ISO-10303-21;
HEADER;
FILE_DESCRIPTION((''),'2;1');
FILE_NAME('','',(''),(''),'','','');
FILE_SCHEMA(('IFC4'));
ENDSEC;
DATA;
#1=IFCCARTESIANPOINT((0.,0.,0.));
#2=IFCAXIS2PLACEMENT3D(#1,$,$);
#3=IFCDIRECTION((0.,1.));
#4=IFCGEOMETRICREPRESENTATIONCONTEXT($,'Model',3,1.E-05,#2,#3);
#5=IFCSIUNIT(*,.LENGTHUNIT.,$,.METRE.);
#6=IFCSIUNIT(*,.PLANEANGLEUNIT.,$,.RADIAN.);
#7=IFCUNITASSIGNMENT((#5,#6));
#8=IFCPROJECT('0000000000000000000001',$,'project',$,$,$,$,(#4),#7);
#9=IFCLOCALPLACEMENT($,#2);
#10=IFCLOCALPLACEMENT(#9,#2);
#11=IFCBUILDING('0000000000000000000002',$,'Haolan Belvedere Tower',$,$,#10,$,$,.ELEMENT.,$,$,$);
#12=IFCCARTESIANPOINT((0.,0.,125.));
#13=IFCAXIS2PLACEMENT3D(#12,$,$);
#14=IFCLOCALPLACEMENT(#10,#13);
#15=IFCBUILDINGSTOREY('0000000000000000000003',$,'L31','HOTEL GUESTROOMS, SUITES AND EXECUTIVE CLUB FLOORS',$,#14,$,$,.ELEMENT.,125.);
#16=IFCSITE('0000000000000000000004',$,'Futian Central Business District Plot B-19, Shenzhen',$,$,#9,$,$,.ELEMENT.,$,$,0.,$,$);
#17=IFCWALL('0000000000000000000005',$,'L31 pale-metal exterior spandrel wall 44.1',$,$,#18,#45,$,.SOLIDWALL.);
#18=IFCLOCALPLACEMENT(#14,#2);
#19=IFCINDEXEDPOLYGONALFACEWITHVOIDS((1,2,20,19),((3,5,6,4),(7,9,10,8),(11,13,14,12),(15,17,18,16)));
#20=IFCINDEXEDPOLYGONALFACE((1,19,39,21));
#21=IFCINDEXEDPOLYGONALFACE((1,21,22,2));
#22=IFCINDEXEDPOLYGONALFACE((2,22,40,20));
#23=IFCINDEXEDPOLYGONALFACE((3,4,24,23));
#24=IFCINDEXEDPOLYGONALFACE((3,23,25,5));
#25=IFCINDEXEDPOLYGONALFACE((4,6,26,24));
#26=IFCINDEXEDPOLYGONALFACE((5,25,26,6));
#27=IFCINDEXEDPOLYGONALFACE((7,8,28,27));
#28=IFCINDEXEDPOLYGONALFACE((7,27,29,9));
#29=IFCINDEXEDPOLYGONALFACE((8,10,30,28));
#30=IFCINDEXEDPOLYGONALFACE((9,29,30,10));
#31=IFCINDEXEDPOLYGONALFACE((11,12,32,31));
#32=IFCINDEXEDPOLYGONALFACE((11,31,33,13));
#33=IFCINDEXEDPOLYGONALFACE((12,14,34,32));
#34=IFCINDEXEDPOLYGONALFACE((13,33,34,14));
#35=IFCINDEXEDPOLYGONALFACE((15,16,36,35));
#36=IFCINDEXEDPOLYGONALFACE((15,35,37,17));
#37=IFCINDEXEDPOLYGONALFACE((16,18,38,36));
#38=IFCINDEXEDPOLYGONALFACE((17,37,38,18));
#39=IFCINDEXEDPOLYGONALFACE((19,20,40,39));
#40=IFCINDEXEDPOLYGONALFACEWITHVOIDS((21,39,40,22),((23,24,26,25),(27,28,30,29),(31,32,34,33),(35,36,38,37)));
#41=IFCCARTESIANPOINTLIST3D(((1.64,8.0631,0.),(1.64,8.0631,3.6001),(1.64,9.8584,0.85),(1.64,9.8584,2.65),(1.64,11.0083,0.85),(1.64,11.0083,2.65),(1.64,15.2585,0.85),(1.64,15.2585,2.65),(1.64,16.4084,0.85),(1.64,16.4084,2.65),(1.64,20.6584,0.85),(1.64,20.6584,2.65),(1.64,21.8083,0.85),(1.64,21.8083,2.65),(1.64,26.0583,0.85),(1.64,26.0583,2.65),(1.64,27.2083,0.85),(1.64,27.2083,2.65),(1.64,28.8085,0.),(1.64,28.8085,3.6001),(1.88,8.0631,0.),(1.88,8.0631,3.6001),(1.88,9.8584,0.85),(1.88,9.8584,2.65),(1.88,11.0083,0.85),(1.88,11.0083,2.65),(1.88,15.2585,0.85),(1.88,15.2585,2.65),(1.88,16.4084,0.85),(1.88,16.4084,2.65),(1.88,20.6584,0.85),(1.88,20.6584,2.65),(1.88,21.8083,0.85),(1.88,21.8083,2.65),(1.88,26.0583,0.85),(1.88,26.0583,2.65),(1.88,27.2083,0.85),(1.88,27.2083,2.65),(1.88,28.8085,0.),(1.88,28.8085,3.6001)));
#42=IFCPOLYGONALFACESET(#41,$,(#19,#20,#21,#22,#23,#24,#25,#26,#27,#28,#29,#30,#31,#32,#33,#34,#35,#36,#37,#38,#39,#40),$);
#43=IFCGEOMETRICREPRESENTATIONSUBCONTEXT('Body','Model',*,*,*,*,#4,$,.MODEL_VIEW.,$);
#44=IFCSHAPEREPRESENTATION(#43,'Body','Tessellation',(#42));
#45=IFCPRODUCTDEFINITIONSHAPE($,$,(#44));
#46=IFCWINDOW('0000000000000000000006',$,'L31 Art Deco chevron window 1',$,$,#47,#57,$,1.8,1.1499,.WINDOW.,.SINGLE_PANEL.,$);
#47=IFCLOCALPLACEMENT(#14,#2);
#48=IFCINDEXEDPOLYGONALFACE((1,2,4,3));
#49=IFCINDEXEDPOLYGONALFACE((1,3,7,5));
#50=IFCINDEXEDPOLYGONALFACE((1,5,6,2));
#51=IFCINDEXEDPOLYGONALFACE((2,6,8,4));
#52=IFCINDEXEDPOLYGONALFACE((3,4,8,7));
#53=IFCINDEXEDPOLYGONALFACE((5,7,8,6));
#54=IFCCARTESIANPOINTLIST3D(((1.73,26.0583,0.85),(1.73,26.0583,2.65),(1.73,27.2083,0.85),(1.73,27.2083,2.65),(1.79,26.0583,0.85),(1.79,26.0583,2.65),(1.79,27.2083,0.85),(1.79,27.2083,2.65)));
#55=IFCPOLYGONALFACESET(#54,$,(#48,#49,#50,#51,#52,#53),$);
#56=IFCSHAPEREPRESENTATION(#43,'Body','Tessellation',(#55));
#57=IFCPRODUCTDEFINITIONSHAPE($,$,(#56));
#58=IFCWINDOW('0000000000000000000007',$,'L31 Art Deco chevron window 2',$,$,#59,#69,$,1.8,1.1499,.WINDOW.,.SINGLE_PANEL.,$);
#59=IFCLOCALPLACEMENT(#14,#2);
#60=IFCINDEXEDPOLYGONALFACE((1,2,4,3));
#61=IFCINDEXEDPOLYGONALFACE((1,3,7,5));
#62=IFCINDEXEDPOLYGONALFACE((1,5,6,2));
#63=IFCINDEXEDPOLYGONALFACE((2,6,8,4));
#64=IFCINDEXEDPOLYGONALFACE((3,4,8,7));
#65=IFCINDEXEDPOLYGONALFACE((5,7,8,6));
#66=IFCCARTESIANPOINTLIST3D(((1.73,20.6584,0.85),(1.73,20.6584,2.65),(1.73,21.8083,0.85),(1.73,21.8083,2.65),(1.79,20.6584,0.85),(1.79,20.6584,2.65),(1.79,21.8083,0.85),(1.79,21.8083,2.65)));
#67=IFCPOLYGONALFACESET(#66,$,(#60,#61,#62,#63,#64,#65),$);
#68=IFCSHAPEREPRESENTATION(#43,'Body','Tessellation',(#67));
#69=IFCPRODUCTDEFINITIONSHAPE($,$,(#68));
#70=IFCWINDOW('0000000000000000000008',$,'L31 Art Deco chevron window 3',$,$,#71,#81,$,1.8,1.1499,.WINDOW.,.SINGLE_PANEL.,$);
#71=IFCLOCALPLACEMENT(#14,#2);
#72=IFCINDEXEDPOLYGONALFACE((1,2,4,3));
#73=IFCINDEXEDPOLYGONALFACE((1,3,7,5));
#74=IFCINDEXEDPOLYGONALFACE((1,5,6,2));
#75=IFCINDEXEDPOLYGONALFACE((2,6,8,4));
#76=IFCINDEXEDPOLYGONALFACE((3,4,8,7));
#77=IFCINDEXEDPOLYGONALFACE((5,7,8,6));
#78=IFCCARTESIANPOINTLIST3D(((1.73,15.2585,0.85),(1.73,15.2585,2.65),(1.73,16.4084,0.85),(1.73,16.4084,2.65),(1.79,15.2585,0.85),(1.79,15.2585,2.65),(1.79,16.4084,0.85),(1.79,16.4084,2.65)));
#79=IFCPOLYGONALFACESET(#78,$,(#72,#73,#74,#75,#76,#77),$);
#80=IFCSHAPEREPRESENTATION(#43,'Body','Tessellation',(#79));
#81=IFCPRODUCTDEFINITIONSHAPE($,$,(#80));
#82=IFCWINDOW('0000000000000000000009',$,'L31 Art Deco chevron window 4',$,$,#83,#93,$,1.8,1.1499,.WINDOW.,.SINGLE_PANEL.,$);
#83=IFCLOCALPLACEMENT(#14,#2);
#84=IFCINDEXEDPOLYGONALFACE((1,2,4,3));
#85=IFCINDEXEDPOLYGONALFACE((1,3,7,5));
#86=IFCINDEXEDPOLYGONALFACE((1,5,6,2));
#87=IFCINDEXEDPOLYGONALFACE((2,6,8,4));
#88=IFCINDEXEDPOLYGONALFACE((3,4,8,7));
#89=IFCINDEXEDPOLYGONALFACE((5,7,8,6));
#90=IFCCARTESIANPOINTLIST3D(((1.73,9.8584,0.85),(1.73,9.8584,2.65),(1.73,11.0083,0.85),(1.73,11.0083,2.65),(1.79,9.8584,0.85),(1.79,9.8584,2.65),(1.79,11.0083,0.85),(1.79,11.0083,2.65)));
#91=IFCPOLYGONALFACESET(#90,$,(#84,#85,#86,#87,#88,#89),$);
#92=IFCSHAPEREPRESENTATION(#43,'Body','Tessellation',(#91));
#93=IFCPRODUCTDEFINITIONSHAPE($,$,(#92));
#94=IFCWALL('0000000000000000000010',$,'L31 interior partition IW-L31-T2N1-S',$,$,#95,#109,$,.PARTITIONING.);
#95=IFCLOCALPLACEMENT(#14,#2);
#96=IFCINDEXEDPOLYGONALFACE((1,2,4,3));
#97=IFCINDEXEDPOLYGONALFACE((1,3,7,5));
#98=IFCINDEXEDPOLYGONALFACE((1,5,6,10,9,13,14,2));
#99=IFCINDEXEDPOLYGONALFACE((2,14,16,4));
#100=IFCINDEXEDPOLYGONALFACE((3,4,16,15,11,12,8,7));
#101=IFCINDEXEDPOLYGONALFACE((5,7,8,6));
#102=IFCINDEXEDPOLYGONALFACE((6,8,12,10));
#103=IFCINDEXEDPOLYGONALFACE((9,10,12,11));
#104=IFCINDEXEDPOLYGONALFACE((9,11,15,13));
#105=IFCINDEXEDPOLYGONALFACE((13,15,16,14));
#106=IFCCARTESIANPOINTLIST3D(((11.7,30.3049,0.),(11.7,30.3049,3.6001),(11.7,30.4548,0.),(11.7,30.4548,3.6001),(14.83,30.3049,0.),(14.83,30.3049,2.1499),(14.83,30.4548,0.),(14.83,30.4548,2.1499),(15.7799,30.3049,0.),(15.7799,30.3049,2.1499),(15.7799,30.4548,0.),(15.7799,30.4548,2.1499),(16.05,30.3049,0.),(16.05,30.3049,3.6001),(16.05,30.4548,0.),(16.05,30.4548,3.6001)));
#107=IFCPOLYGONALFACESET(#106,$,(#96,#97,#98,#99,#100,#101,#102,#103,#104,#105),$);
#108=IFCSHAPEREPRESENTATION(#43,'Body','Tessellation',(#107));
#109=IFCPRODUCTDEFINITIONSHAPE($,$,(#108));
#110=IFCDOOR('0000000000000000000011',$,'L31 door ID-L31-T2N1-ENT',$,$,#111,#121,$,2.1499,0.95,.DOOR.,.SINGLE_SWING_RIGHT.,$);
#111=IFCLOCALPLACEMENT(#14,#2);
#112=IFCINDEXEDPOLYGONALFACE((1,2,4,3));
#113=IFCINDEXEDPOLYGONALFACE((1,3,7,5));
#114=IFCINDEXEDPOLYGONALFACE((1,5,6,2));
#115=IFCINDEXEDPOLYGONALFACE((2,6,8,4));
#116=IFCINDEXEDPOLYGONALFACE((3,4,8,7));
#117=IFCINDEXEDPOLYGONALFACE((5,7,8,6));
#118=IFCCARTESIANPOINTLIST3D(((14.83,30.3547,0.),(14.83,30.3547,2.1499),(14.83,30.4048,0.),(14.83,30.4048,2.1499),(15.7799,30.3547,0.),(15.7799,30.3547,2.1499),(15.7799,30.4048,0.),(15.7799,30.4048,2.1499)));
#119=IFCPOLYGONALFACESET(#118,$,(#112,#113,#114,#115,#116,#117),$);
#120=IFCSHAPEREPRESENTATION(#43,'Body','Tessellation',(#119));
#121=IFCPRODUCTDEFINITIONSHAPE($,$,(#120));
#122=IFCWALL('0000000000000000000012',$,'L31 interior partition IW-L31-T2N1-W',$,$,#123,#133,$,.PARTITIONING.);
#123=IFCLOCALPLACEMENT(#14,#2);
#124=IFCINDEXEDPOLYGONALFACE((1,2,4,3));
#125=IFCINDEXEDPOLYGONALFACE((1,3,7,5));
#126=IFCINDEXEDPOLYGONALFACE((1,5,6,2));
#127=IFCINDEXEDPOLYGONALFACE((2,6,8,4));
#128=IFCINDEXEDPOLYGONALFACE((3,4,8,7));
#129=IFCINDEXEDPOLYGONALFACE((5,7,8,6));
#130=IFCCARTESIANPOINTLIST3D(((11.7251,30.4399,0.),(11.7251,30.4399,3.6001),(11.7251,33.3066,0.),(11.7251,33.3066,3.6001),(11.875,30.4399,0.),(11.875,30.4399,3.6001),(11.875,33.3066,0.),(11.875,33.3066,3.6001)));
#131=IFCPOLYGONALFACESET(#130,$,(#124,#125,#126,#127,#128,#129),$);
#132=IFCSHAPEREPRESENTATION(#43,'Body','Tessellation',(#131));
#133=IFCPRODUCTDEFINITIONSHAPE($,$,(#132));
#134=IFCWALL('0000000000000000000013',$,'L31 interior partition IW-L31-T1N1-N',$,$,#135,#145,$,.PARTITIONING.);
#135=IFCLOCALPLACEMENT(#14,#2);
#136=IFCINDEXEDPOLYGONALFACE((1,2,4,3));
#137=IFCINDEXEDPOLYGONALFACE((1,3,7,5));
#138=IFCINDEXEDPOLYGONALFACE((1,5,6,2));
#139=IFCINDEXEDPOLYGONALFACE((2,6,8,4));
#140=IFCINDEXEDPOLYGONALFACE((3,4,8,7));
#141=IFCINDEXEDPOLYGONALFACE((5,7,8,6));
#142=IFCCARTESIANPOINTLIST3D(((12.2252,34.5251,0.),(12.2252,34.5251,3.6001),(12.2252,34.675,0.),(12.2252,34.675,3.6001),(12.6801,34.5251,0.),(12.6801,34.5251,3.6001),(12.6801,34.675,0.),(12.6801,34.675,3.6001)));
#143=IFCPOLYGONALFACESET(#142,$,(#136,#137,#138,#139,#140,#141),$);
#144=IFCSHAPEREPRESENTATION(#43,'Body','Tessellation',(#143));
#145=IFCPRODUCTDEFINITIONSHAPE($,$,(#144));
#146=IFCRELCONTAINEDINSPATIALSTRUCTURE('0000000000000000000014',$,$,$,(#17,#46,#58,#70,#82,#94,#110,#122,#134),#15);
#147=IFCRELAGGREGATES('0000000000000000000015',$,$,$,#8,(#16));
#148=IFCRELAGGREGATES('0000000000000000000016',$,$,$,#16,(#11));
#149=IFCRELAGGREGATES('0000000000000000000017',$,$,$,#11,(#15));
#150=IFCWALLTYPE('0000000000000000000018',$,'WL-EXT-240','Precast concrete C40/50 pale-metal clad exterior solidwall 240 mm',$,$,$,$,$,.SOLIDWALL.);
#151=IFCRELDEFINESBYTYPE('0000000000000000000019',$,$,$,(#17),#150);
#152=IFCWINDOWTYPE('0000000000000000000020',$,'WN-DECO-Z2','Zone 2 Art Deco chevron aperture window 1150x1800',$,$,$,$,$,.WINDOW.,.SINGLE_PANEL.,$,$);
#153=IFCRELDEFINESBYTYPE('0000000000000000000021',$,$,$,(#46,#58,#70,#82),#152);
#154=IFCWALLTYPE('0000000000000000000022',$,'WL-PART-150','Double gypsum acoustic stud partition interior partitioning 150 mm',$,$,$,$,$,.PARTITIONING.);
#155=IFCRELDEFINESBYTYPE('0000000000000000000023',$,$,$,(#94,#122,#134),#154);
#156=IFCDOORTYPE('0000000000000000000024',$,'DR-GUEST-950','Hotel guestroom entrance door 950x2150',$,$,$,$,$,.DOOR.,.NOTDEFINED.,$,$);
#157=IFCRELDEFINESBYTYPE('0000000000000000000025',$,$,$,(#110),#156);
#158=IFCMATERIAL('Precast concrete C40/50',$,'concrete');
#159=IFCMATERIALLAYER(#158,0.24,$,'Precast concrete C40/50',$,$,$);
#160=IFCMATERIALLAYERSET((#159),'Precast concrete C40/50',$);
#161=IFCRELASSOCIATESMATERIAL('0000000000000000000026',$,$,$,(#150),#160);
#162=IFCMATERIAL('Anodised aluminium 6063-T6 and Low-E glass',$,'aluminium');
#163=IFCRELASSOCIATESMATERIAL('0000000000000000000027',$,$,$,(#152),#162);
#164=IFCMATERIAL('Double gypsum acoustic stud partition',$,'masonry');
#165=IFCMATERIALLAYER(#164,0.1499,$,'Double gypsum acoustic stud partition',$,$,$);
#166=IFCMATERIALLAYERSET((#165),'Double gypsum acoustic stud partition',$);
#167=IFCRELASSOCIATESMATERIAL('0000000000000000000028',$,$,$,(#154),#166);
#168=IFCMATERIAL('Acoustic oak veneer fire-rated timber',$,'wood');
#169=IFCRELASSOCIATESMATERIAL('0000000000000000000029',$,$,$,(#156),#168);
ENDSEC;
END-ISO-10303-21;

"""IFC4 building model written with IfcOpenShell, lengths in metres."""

from ifc_helpers import new_model, si_unit, direction, frame, frame_2d, origin, place, context, subcontext, project, spatial, rectangle, extrude, material, layer, layer_set, type_object, element, fill, save


model = new_model("IFC4")

# Units and contexts
model_context = context("Model", 3, precision=1e-05, world=origin(), true_north=direction((0.0, 1.0)))
body_context = subcontext(model_context, "Body", "Model", "MODEL_VIEW")
ifc_project = project(units=[si_unit("LENGTHUNIT", "METRE"), si_unit("PLANEANGLEUNIT", "RADIAN")], contexts=[model_context])

# Site, building, storey
site_placement = place(None, origin())
site = spatial("IfcSite", under=ifc_project, at=site_placement, Name="Futian Central Business District Plot B-19, Shenzhen", CompositionType="ELEMENT", RefElevation=0.0)
building_placement = place(site_placement, origin())
building = spatial("IfcBuilding", under=site, at=building_placement, Name="Haolan Belvedere Tower", CompositionType="ELEMENT")
storey_placement = place(building_placement, frame((0.0, 0.0, 125.0)))
storey = spatial("IfcBuildingStorey", under=building, at=storey_placement, Name="L31", Description="HOTEL GUESTROOMS, SUITES AND EXECUTIVE CLUB FLOORS", CompositionType="ELEMENT", Elevation=125.0)

# Shared definitions
ifc_material_1 = material(Name="Precast concrete C40/50", Category="concrete")
ifc_layer_1 = layer(ifc_material_1, 0.24, Name="Precast concrete C40/50")
ifc_layer_set_1 = layer_set([ifc_layer_1], Name="Precast concrete C40/50")
wall_type_1 = type_object("IfcWallType", Name="WL-EXT-240", Description="Precast concrete C40/50 pale-metal clad exterior solidwall 240 mm", PredefinedType="SOLIDWALL", material=ifc_layer_set_1)

# Shared definitions
ifc_material_2 = material(Name="Anodised aluminium 6063-T6 and Low-E glass", Category="aluminium")
window_type = type_object("IfcWindowType", Name="WN-DECO-Z2", Description="Zone 2 Art Deco chevron aperture window 1150x1800", PartitioningType="SINGLE_PANEL", PredefinedType="WINDOW", material=ifc_material_2)

# Wall, openings, windows
wall_1_placement = place(storey_placement, frame((1.76, 28.8083, 0.0), z_axis=(0.0, 0.0, 1.0), x_axis=(0.0, -1.0, 0.0)))
wall_1 = element("IfcWall", 1, at=wall_1_placement, inside=storey, type_object=wall_type_1, Name="L31 pale-metal exterior spandrel wall 44.1", PredefinedType="SOLIDWALL", context=body_context, shape_type="SweptSolid", body=[
    extrude(rectangle(XDim=20.7454, YDim=0.24, at=frame_2d((10.3726, 0.0))), origin(), (0.0, 0.0, 1.0), 3.6001),
])
opening_1_placement = place(wall_1_placement, frame((1.6001, 0.0, 0.8501)))
opening_1 = element("IfcOpeningElement", 2, at=opening_1_placement, cuts=wall_1, PredefinedType="OPENING", context=body_context, shape_type="SweptSolid", body=[
    extrude(rectangle(XDim=1.1499, YDim=1.8, at=frame_2d((0.575, 0.8999))), frame((0.0, 0.1299, 0.0), z_axis=(0.0, -1.0, 0.0), x_axis=(1.0, 0.0, 0.0)), (0.0, 0.0, 1.0), 0.26),
])
opening_2_placement = place(wall_1_placement, frame((7.0, 0.0, 0.8501)))
opening_2 = element("IfcOpeningElement", 3, at=opening_2_placement, cuts=wall_1, PredefinedType="OPENING", context=body_context, shape_type="SweptSolid", body=[
    extrude(rectangle(XDim=1.1499, YDim=1.8, at=frame_2d((0.575, 0.8999))), frame((0.0, 0.1299, 0.0), z_axis=(0.0, -1.0, 0.0), x_axis=(1.0, 0.0, 0.0)), (0.0, 0.0, 1.0), 0.26),
])
opening_3_placement = place(wall_1_placement, frame((12.3999, 0.0, 0.8501)))
opening_3 = element("IfcOpeningElement", 4, at=opening_3_placement, cuts=wall_1, PredefinedType="OPENING", context=body_context, shape_type="SweptSolid", body=[
    extrude(rectangle(XDim=1.1499, YDim=1.8, at=frame_2d((0.575, 0.8999))), frame((0.0, 0.1299, 0.0), z_axis=(0.0, -1.0, 0.0), x_axis=(1.0, 0.0, 0.0)), (0.0, 0.0, 1.0), 0.26),
])
opening_4_placement = place(wall_1_placement, frame((17.8, 0.0, 0.8501)))
opening_4 = element("IfcOpeningElement", 5, at=opening_4_placement, cuts=wall_1, PredefinedType="OPENING", context=body_context, shape_type="SweptSolid", body=[
    extrude(rectangle(XDim=1.1499, YDim=1.8, at=frame_2d((0.575, 0.8999))), frame((0.0, 0.1299, 0.0), z_axis=(0.0, -1.0, 0.0), x_axis=(1.0, 0.0, 0.0)), (0.0, 0.0, 1.0), 0.26),
])
window_1_placement = place(opening_1_placement, origin())
window_1 = element("IfcWindow", 6, at=window_1_placement, inside=storey, type_object=window_type, Name="L31 Art Deco chevron window 1", OverallHeight=1.8, OverallWidth=1.1499, PartitioningType="SINGLE_PANEL", PredefinedType="WINDOW", context=body_context, shape_type="SweptSolid", body=[
    extrude(rectangle(XDim=1.1499, YDim=1.8, at=frame_2d((0.575, 0.8999))), frame((0.0, 0.03, 0.0), z_axis=(0.0, -1.0, 0.0), x_axis=(1.0, 0.0, 0.0)), (0.0, 0.0, 1.0), 0.0601),
])
fill(opening_1, window_1)
window_2_placement = place(opening_2_placement, origin())
window_2 = element("IfcWindow", 7, at=window_2_placement, inside=storey, type_object=window_type, Name="L31 Art Deco chevron window 2", OverallHeight=1.8, OverallWidth=1.1499, PartitioningType="SINGLE_PANEL", PredefinedType="WINDOW", context=body_context, shape_type="SweptSolid", body=[
    extrude(rectangle(XDim=1.1499, YDim=1.8, at=frame_2d((0.575, 0.8999))), frame((0.0, 0.03, 0.0), z_axis=(0.0, -1.0, 0.0), x_axis=(1.0, 0.0, 0.0)), (0.0, 0.0, 1.0), 0.0601),
])
fill(opening_2, window_2)
window_3_placement = place(opening_3_placement, origin())
window_3 = element("IfcWindow", 8, at=window_3_placement, inside=storey, type_object=window_type, Name="L31 Art Deco chevron window 3", OverallHeight=1.8, OverallWidth=1.1499, PartitioningType="SINGLE_PANEL", PredefinedType="WINDOW", context=body_context, shape_type="SweptSolid", body=[
    extrude(rectangle(XDim=1.1499, YDim=1.8, at=frame_2d((0.575, 0.8999))), frame((0.0, 0.03, 0.0), z_axis=(0.0, -1.0, 0.0), x_axis=(1.0, 0.0, 0.0)), (0.0, 0.0, 1.0), 0.0601),
])
fill(opening_3, window_3)
window_4_placement = place(opening_4_placement, origin())
window_4 = element("IfcWindow", 9, at=window_4_placement, inside=storey, type_object=window_type, Name="L31 Art Deco chevron window 4", OverallHeight=1.8, OverallWidth=1.1499, PartitioningType="SINGLE_PANEL", PredefinedType="WINDOW", context=body_context, shape_type="SweptSolid", body=[
    extrude(rectangle(XDim=1.1499, YDim=1.8, at=frame_2d((0.575, 0.8999))), frame((0.0, 0.03, 0.0), z_axis=(0.0, -1.0, 0.0), x_axis=(1.0, 0.0, 0.0)), (0.0, 0.0, 1.0), 0.0601),
])
fill(opening_4, window_4)

# Wall, opening, door
ifc_material_3 = material(Name="Double gypsum acoustic stud partition", Category="masonry")
ifc_layer_2 = layer(ifc_material_3, 0.1499, Name="Double gypsum acoustic stud partition")
ifc_layer_set_2 = layer_set([ifc_layer_2], Name="Double gypsum acoustic stud partition")
wall_type_2 = type_object("IfcWallType", Name="WL-PART-150", Description="Double gypsum acoustic stud partition interior partitioning 150 mm", PredefinedType="PARTITIONING", material=ifc_layer_set_2)
wall_2_placement = place(storey_placement, frame((11.7, 30.3799, 0.0), z_axis=(0.0, 0.0, 1.0), x_axis=(1.0, 0.0, 0.0)))
wall_2 = element("IfcWall", 10, at=wall_2_placement, inside=storey, type_object=wall_type_2, Name="L31 interior partition IW-L31-T2N1-S", PredefinedType="PARTITIONING", context=body_context, shape_type="SweptSolid", body=[
    extrude(rectangle(XDim=4.3501, YDim=0.1499, at=frame_2d((2.175, 0.0))), origin(), (0.0, 0.0, 1.0), 3.6001),
])
opening_5_placement = place(wall_2_placement, frame((3.1299, 0.0, 0.0)))
opening_5 = element("IfcOpeningElement", 11, at=opening_5_placement, cuts=wall_2, PredefinedType="OPENING", context=body_context, shape_type="SweptSolid", body=[
    extrude(rectangle(XDim=0.95, YDim=2.1499, at=frame_2d((0.4751, 1.075))), frame((0.0, 0.085, 0.0), z_axis=(0.0, -1.0, 0.0), x_axis=(1.0, 0.0, 0.0)), (0.0, 0.0, 1.0), 0.1699),
])
ifc_material_4 = material(Name="Acoustic oak veneer fire-rated timber", Category="wood")
door_type_1 = type_object("IfcDoorType", Name="DR-GUEST-950", Description="Hotel guestroom entrance door 950x2150", OperationType="NOTDEFINED", PredefinedType="DOOR", material=ifc_material_4)
door_1_placement = place(opening_5_placement, origin())
door_1 = element("IfcDoor", 12, at=door_1_placement, inside=storey, type_object=door_type_1, Name="L31 door ID-L31-T2N1-ENT", OperationType="SINGLE_SWING_RIGHT", OverallHeight=2.1499, OverallWidth=0.95, PredefinedType="DOOR", context=body_context, shape_type="SweptSolid", body=[
    extrude(rectangle(XDim=0.95, YDim=2.1499, at=frame_2d((0.4751, 1.075))), frame((0.0, 0.0249, 0.0), z_axis=(0.0, -1.0, 0.0), x_axis=(1.0, 0.0, 0.0)), (0.0, 0.0, 1.0), 0.05),
])
fill(opening_5, door_1)

# Walls
wall_3_placement = place(storey_placement, frame((11.8, 30.4399, 0.0), z_axis=(0.0, 0.0, 1.0), x_axis=(0.0, 1.0, 0.0)))
element("IfcWall", 13, at=wall_3_placement, inside=storey, type_object=wall_type_2, Name="L31 interior partition IW-L31-T2N1-W", PredefinedType="PARTITIONING", context=body_context, shape_type="SweptSolid", body=[
    extrude(rectangle(XDim=2.8667, YDim=0.1499, at=frame_2d((1.4333, 0.0))), origin(), (0.0, 0.0, 1.0), 3.6001),
])
wall_4_placement = place(storey_placement, frame((12.2251, 34.6001, 0.0), z_axis=(0.0, 0.0, 1.0), x_axis=(1.0, 0.0, 0.0)))
element("IfcWall", 14, at=wall_4_placement, inside=storey, type_object=wall_type_2, Name="L31 interior partition IW-L31-T1N1-N", PredefinedType="PARTITIONING", context=body_context, shape_type="SweptSolid", body=[
    extrude(rectangle(XDim=0.4548, YDim=0.1499, at=frame_2d((0.2275, 0.0))), origin(), (0.0, 0.0, 1.0), 3.6001),
])

save(model, "model.ifc")
